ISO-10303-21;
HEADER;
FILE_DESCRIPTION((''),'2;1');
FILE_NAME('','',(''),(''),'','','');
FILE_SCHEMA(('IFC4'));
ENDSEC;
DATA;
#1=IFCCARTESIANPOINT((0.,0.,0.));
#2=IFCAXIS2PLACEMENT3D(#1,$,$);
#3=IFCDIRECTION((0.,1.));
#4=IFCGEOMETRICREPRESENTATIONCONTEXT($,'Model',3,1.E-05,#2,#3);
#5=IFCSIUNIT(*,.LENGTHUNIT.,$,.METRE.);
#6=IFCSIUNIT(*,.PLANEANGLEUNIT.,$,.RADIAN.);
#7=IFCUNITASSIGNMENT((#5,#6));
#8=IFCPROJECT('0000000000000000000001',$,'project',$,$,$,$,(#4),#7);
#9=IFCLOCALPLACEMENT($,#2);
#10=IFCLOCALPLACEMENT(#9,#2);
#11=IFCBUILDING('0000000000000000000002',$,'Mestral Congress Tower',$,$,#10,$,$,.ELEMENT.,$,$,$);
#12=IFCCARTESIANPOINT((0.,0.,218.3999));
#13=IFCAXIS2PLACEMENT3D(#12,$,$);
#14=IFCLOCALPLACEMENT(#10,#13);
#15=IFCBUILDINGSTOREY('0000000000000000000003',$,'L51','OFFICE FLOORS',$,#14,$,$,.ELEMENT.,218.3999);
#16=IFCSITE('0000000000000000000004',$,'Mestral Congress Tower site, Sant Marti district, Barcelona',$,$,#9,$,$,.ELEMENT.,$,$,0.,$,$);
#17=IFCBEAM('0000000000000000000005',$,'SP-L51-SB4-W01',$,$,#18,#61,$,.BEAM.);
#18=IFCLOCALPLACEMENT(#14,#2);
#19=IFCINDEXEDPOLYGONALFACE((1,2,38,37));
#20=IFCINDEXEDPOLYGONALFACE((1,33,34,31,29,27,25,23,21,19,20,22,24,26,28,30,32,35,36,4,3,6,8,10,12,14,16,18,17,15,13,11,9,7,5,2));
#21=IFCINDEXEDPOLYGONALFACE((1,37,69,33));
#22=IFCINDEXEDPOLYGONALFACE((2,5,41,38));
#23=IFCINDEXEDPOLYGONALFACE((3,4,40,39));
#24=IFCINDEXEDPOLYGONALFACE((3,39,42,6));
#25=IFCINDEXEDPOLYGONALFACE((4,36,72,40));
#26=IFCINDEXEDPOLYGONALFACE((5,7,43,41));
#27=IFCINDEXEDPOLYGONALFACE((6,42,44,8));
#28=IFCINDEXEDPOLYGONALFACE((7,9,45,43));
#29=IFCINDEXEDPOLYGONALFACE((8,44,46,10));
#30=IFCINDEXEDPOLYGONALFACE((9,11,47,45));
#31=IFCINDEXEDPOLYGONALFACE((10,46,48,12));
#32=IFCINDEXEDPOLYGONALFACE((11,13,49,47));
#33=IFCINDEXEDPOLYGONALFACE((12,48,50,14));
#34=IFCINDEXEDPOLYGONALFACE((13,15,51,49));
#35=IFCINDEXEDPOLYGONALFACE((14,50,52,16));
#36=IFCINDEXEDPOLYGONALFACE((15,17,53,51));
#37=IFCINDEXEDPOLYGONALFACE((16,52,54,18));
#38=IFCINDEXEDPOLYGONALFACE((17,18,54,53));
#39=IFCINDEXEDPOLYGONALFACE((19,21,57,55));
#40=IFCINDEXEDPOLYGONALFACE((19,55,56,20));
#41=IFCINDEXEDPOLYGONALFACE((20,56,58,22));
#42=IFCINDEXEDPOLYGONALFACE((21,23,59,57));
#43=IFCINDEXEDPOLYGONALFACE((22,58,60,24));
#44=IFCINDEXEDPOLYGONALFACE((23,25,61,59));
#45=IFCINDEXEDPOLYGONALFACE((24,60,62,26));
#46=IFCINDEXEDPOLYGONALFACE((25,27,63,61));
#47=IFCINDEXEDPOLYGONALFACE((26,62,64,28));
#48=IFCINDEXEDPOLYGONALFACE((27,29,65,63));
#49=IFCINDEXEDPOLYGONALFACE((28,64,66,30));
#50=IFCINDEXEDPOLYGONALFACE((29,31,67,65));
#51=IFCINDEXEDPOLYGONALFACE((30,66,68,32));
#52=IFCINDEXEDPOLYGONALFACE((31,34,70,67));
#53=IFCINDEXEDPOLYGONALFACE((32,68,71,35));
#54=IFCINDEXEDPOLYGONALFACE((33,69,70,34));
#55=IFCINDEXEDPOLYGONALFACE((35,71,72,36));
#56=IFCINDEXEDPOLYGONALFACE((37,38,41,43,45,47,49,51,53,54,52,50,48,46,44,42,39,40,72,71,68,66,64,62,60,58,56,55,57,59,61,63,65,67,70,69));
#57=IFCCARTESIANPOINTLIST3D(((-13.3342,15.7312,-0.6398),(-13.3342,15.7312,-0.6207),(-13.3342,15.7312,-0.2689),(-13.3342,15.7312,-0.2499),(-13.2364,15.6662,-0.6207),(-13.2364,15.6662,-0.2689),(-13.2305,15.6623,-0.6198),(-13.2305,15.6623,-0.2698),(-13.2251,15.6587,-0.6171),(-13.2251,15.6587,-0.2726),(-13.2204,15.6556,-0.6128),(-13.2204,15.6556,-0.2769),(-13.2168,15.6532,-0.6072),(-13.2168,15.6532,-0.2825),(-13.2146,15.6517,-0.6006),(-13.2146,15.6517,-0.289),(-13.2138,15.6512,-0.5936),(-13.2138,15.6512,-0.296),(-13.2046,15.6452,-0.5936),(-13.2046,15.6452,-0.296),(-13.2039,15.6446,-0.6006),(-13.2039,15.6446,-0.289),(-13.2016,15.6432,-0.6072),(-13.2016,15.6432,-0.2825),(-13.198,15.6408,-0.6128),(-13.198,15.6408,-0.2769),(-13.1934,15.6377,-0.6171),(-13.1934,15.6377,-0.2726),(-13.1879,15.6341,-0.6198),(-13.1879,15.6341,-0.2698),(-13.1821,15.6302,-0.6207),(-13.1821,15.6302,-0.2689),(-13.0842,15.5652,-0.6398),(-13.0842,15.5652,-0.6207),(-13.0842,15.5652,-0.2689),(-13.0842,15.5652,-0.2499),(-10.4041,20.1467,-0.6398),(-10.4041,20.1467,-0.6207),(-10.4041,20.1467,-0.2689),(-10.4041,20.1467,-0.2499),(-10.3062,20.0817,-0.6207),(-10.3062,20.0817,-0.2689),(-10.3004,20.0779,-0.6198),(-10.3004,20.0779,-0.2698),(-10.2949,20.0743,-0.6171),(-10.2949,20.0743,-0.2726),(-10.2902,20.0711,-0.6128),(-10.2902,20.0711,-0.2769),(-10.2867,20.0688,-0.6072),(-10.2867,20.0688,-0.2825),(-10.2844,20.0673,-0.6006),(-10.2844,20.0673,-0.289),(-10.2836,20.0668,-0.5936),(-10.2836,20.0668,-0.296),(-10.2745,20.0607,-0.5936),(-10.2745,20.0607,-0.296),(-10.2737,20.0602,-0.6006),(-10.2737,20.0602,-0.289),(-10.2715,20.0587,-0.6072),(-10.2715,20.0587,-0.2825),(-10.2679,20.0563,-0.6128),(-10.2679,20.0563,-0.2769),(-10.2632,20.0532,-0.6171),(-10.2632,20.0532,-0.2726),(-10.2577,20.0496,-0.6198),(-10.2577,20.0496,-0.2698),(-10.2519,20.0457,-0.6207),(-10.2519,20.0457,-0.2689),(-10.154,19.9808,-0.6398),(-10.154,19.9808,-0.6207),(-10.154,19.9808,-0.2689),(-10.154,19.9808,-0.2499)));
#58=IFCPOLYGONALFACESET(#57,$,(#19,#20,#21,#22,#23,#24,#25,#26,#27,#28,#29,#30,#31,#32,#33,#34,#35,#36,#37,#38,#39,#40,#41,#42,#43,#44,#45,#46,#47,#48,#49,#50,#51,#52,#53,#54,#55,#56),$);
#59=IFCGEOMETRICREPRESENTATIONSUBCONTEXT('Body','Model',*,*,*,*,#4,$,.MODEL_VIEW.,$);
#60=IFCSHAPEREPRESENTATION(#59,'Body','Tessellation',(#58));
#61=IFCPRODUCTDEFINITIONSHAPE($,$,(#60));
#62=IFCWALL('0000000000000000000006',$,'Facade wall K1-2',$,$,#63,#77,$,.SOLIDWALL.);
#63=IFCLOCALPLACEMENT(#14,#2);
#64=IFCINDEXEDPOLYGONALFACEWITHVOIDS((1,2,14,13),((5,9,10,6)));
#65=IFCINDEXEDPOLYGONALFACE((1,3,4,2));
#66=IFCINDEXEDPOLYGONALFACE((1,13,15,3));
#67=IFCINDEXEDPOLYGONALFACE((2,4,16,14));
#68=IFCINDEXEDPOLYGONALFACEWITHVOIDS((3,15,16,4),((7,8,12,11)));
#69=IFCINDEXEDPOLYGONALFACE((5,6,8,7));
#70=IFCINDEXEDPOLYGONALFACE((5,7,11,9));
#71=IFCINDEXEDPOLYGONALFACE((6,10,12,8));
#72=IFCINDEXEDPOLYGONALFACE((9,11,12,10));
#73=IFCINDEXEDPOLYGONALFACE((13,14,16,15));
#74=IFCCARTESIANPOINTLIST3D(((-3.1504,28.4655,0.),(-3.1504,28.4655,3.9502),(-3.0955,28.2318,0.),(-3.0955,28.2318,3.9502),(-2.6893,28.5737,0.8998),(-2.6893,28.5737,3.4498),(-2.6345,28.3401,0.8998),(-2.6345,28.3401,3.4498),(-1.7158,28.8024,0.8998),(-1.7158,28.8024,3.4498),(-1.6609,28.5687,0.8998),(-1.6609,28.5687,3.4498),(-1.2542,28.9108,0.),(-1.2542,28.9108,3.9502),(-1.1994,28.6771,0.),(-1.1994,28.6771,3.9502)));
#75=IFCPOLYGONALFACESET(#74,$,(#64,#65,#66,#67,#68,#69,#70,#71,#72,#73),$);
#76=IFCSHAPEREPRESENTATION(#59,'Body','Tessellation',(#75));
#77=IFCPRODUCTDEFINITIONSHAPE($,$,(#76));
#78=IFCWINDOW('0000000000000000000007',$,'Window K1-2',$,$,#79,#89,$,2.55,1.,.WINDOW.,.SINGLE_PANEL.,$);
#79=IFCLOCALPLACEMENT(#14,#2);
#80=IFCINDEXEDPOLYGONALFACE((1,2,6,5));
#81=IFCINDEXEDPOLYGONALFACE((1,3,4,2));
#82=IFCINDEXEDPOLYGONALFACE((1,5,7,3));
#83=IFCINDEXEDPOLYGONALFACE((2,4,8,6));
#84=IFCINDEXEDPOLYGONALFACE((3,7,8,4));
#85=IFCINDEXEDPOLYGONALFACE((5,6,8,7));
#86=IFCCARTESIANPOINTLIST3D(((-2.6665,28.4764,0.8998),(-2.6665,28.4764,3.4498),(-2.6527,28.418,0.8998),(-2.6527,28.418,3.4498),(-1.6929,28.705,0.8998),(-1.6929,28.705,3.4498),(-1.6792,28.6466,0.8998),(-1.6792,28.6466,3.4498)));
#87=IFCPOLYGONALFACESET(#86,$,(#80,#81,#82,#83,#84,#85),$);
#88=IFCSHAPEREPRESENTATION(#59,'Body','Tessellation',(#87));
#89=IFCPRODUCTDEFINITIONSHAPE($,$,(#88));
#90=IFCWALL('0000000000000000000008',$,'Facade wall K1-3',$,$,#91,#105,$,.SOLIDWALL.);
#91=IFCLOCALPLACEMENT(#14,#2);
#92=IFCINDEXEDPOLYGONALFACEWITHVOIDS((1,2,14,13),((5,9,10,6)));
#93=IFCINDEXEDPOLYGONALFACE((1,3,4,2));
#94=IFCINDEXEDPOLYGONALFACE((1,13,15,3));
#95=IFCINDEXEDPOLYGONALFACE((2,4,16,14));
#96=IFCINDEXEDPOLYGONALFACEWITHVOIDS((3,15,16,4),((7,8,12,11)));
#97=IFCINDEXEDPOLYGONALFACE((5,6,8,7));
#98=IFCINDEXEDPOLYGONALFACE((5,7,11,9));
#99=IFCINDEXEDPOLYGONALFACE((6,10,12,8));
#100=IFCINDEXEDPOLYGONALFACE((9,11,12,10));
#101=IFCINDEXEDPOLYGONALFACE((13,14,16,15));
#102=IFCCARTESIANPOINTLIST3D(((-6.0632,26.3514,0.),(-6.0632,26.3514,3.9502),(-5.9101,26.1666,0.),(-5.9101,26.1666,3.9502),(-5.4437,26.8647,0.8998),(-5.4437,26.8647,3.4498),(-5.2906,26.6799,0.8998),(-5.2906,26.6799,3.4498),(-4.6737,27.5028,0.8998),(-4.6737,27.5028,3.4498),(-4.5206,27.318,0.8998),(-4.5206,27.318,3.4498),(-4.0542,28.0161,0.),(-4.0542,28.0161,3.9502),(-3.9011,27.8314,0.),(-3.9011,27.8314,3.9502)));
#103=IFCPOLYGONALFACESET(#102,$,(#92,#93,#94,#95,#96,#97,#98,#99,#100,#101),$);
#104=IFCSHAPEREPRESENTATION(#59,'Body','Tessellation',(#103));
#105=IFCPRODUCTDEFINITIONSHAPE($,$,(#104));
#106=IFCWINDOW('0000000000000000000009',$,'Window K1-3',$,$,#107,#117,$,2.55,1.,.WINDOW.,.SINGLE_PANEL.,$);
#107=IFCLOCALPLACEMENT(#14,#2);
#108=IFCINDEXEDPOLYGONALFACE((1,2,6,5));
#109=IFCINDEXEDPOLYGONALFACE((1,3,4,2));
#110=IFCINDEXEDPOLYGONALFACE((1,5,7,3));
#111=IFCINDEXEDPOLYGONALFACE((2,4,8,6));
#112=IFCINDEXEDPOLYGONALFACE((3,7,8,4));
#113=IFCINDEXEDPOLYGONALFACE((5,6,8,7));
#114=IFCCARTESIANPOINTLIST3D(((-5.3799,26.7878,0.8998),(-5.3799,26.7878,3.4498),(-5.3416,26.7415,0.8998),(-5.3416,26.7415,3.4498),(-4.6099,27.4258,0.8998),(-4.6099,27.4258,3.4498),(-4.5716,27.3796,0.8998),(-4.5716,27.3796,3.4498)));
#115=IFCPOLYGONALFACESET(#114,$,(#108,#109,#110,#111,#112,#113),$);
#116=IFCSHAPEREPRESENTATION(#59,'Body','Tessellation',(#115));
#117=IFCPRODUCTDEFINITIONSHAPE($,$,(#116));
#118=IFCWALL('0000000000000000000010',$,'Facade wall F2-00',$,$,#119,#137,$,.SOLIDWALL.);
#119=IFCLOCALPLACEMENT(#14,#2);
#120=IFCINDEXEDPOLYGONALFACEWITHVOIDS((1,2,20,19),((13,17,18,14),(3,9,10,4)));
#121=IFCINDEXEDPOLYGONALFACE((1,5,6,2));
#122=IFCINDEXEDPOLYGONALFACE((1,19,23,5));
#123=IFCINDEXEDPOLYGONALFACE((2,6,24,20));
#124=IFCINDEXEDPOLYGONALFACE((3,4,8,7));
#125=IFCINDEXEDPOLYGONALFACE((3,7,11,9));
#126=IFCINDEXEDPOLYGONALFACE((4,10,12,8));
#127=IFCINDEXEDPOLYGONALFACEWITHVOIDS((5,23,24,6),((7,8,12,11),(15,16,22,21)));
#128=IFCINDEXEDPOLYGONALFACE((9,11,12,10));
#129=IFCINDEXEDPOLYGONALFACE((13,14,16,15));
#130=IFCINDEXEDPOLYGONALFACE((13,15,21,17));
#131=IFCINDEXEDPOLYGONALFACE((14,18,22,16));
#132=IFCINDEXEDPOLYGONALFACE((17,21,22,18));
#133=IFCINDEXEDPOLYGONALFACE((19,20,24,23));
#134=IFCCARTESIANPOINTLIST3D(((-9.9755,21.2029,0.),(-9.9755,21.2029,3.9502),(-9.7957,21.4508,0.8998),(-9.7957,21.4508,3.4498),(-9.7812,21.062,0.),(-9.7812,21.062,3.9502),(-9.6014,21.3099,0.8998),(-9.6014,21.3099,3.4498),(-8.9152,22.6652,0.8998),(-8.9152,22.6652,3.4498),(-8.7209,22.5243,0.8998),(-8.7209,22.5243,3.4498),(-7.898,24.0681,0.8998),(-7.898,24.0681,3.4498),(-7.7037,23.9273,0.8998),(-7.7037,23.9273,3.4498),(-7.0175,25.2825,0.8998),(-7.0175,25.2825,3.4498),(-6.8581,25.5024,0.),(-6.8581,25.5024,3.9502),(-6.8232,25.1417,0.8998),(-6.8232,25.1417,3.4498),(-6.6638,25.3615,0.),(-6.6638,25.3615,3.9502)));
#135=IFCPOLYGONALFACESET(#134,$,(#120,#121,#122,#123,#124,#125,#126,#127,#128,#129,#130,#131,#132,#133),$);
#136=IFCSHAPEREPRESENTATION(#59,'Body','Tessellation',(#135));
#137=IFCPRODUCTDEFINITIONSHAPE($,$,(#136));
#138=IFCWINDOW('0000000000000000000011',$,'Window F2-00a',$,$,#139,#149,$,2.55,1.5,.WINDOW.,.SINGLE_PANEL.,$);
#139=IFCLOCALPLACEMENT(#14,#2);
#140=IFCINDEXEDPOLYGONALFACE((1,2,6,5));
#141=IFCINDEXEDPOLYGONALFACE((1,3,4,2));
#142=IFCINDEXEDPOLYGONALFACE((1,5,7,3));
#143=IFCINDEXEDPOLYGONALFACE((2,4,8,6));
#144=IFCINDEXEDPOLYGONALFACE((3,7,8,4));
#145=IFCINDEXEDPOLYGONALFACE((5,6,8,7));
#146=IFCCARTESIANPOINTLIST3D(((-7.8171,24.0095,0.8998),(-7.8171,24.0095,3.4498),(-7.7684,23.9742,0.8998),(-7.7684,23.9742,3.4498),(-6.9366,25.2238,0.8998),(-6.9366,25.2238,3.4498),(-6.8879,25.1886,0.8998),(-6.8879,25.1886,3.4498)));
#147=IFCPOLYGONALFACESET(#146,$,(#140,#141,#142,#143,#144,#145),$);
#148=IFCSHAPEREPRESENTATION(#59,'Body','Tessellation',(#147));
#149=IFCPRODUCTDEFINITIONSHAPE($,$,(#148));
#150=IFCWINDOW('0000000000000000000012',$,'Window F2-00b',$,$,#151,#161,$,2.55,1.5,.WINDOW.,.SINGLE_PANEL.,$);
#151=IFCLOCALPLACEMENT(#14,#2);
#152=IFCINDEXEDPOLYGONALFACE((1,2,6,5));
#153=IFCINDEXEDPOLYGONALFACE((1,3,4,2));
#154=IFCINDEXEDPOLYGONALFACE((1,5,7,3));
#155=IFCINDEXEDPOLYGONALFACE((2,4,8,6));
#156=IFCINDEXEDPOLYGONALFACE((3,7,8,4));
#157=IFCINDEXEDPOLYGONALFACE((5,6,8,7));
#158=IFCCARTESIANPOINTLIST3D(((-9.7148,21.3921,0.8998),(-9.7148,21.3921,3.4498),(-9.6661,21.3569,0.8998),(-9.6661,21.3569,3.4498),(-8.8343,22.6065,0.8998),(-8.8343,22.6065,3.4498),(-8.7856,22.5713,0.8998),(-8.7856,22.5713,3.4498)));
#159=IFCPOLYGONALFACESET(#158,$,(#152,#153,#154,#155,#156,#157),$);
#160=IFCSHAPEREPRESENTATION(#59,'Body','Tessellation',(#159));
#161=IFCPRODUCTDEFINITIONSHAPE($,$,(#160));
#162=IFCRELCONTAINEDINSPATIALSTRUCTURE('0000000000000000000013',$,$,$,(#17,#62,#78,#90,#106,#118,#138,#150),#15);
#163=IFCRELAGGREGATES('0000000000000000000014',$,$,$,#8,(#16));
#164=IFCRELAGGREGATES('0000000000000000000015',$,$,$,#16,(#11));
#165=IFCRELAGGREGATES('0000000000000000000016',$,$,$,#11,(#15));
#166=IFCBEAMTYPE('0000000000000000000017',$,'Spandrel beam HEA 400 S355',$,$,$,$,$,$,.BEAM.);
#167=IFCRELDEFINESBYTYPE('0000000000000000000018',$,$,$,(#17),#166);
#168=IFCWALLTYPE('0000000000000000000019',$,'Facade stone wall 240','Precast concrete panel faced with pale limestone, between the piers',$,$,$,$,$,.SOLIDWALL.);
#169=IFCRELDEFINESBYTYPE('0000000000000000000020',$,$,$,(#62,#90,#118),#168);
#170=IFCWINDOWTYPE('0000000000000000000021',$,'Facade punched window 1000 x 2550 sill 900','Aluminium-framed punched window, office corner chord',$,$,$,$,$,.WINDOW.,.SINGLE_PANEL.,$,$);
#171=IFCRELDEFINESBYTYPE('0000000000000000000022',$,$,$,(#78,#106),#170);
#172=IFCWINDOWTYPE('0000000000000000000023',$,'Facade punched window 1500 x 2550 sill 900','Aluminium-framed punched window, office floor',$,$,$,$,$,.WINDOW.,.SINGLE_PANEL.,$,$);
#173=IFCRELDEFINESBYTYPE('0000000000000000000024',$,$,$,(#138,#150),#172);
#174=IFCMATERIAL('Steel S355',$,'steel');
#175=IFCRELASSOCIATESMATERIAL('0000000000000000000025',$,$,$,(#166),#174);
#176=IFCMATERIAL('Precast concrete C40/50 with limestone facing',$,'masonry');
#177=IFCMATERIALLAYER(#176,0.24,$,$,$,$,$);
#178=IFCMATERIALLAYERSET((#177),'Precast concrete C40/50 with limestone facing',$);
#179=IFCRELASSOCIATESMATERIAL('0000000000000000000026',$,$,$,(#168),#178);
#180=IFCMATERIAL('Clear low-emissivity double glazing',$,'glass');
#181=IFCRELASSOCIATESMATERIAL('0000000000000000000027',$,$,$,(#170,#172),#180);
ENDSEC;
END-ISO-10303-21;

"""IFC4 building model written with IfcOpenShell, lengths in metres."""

from ifc_helpers import new_model, si_unit, direction, frame, frame_2d, origin, origin_2d, place, context, subcontext, project, spatial, rectangle, i_section, extrude, material, layer, layer_set, material_profile, profile_set, type_object, element, fill, save


model = new_model("IFC4")

# Units and contexts
model_context = context("Model", 3, precision=1e-05, world=origin(), true_north=direction((0.0, 1.0)))
body_context = subcontext(model_context, "Body", "Model", "MODEL_VIEW")
ifc_project = project(units=[si_unit("LENGTHUNIT", "METRE"), si_unit("PLANEANGLEUNIT", "RADIAN")], contexts=[model_context])

# Site, building, storey
site_placement = place(None, origin())
site = spatial("IfcSite", under=ifc_project, at=site_placement, Name="Mestral Congress Tower site, Sant Marti district, Barcelona", CompositionType="ELEMENT", RefElevation=0.0)
building_placement = place(site_placement, origin())
building = spatial("IfcBuilding", under=site, at=building_placement, Name="Mestral Congress Tower", CompositionType="ELEMENT")
storey_placement = place(building_placement, frame((0.0, 0.0, 218.3999)))
storey = spatial("IfcBuildingStorey", under=building, at=storey_placement, Name="L51", Description="OFFICE FLOORS", CompositionType="ELEMENT", Elevation=218.3999)

# Beam
ifc_material_1 = material(Name="Steel S355", Category="steel")
ifc_material_profile_1 = material_profile(ifc_material_1, i_section(OverallWidth=0.3, OverallDepth=0.3899, WebThickness=0.011, FlangeThickness=0.019, FilletRadius=0.0271, at=origin_2d()), Name="HEA 400")
ifc_profile_set_1 = profile_set([ifc_material_profile_1], Name="Steel S355")
beam_type_1 = type_object("IfcBeamType", Name="Spandrel beam HEA 400 S355", PredefinedType="BEAM", material=ifc_profile_set_1)
beam_1_placement = place(storey_placement, frame((-10.2791, 20.0637, -0.4448), z_axis=(-0.552934, -0.833225, 0.0), x_axis=(0.833225, -0.552934, 0.0)))
element("IfcBeam", 1, at=beam_1_placement, inside=storey, type_object=beam_type_1, Name="SP-L51-SB4-W01", PredefinedType="BEAM", context=body_context, shape_type="SweptSolid", body=[
    extrude(i_section(OverallWidth=0.3, OverallDepth=0.3899, WebThickness=0.011, FlangeThickness=0.019, FilletRadius=0.0271, at=origin_2d()), origin(), (0.0, 0.0, 1.0), 5.2993),
])

# Walls, openings, windows
ifc_material_2 = material(Name="Precast concrete C40/50 with limestone facing", Category="masonry")
ifc_layer_1 = layer(ifc_material_2, 0.24)
ifc_layer_set_1 = layer_set([ifc_layer_1], Name="Precast concrete C40/50 with limestone facing")
wall_type_1 = type_object("IfcWallType", Name="Facade stone wall 240", Description="Precast concrete panel faced with pale limestone, between the piers", PredefinedType="SOLIDWALL", material=ifc_layer_set_1)
wall_1_placement = place(storey_placement, frame((-1.2268, 28.7939, 0.0), z_axis=(0.0, 0.0, 1.0), x_axis=(-0.973516, -0.22862, 0.0)))
wall_1 = element("IfcWall", 2, at=wall_1_placement, inside=storey, type_object=wall_type_1, Name="Facade wall K1-2", PredefinedType="SOLIDWALL", context=body_context, shape_type="SweptSolid", body=[
    extrude(rectangle(XDim=1.9478, YDim=0.24, at=frame_2d((0.9739, 0.0))), origin(), (0.0, 0.0, 1.0), 3.9502),
])
opening_1_placement = place(wall_1_placement, frame((0.4741, 0.0, 0.8999)))
opening_1 = element("IfcOpeningElement", 3, at=opening_1_placement, cuts=wall_1, PredefinedType="OPENING", context=body_context, shape_type="SweptSolid", body=[
    extrude(rectangle(XDim=1.0, YDim=2.55, at=frame_2d((0.5, 1.2749))), frame((0.0, 0.1299, 0.0), z_axis=(0.0, -1.0, 0.0), x_axis=(1.0, 0.0, 0.0)), (0.0, 0.0, 1.0), 0.26),
])
ifc_material_3 = material(Name="Clear low-emissivity double glazing", Category="glass")
window_type_1 = type_object("IfcWindowType", Name="Facade punched window 1000 x 2550 sill 900", Description="Aluminium-framed punched window, office corner chord", PartitioningType="SINGLE_PANEL", PredefinedType="WINDOW", material=ifc_material_3)
window_1_placement = place(opening_1_placement, origin())
window_1 = element("IfcWindow", 4, at=window_1_placement, inside=storey, type_object=window_type_1, Name="Window K1-2", OverallHeight=2.55, OverallWidth=1.0, PartitioningType="SINGLE_PANEL", PredefinedType="WINDOW", context=body_context, shape_type="SweptSolid", body=[
    extrude(rectangle(XDim=1.0, YDim=2.55, at=frame_2d((0.5, 1.2749))), frame((0.0, 0.04, 0.0), z_axis=(0.0, -1.0, 0.0), x_axis=(1.0, 0.0, 0.0)), (0.0, 0.0, 1.0), 0.0601),
])
fill(opening_1, window_1)
wall_2_placement = place(storey_placement, frame((-3.9775, 27.9238, 0.0), z_axis=(0.0, 0.0, 1.0), x_axis=(-0.76999, -0.638056, 0.0)))
wall_2 = element("IfcWall", 5, at=wall_2_placement, inside=storey, type_object=wall_type_1, Name="Facade wall K1-3", PredefinedType="SOLIDWALL", context=body_context, shape_type="SweptSolid", body=[
    extrude(rectangle(XDim=2.6091, YDim=0.24, at=frame_2d((1.3047, 0.0))), origin(), (0.0, 0.0, 1.0), 3.9502),
])
opening_2_placement = place(wall_2_placement, frame((0.8047, 0.0, 0.8999)))
opening_2 = element("IfcOpeningElement", 6, at=opening_2_placement, cuts=wall_2, PredefinedType="OPENING", context=body_context, shape_type="SweptSolid", body=[
    extrude(rectangle(XDim=1.0, YDim=2.55, at=frame_2d((0.5, 1.2749))), frame((0.0, 0.1299, 0.0), z_axis=(0.0, -1.0, 0.0), x_axis=(1.0, 0.0, 0.0)), (0.0, 0.0, 1.0), 0.26),
])
window_2_placement = place(opening_2_placement, origin())
window_2 = element("IfcWindow", 7, at=window_2_placement, inside=storey, type_object=window_type_1, Name="Window K1-3", OverallHeight=2.55, OverallWidth=1.0, PartitioningType="SINGLE_PANEL", PredefinedType="WINDOW", context=body_context, shape_type="SweptSolid", body=[
    extrude(rectangle(XDim=1.0, YDim=2.55, at=frame_2d((0.5, 1.2749))), frame((0.0, 0.04, 0.0), z_axis=(0.0, -1.0, 0.0), x_axis=(1.0, 0.0, 0.0)), (0.0, 0.0, 1.0), 0.0601),
])
fill(opening_2, window_2)

# Wall, openings, windows
wall_3_placement = place(storey_placement, frame((-6.761, 25.4319, 0.0), z_axis=(0.0, 0.0, 1.0), x_axis=(-0.586998, -0.809588, 0.0)))
wall_3 = element("IfcWall", 8, at=wall_3_placement, inside=storey, type_object=wall_type_1, Name="Facade wall F2-00", PredefinedType="SOLIDWALL", context=body_context, shape_type="SweptSolid", body=[
    extrude(rectangle(XDim=5.3108, YDim=0.24, at=frame_2d((2.6553, 0.0))), origin(), (0.0, 0.0, 1.0), 3.9502),
])
opening_3_placement = place(wall_3_placement, frame((0.2715, 0.0, 0.8999)))
opening_3 = element("IfcOpeningElement", 9, at=opening_3_placement, cuts=wall_3, PredefinedType="OPENING", context=body_context, shape_type="SweptSolid", body=[
    extrude(rectangle(XDim=1.5, YDim=2.55, at=frame_2d((0.75, 1.2749))), frame((0.0, 0.1299, 0.0), z_axis=(0.0, -1.0, 0.0), x_axis=(1.0, 0.0, 0.0)), (0.0, 0.0, 1.0), 0.26),
])
opening_4_placement = place(wall_3_placement, frame((3.5044, 0.0, 0.8999)))
opening_4 = element("IfcOpeningElement", 10, at=opening_4_placement, cuts=wall_3, PredefinedType="OPENING", context=body_context, shape_type="SweptSolid", body=[
    extrude(rectangle(XDim=1.5, YDim=2.55, at=frame_2d((0.75, 1.2749))), frame((0.0, 0.1299, 0.0), z_axis=(0.0, -1.0, 0.0), x_axis=(1.0, 0.0, 0.0)), (0.0, 0.0, 1.0), 0.26),
])
window_type_2 = type_object("IfcWindowType", Name="Facade punched window 1500 x 2550 sill 900", Description="Aluminium-framed punched window, office floor", PartitioningType="SINGLE_PANEL", PredefinedType="WINDOW", material=ifc_material_3)
window_3_placement = place(opening_3_placement, origin())
window_3 = element("IfcWindow", 11, at=window_3_placement, inside=storey, type_object=window_type_2, Name="Window F2-00a", OverallHeight=2.55, OverallWidth=1.5, PartitioningType="SINGLE_PANEL", PredefinedType="WINDOW", context=body_context, shape_type="SweptSolid", body=[
    extrude(rectangle(XDim=1.5, YDim=2.55, at=frame_2d((0.75, 1.2749))), frame((0.0, 0.04, 0.0), z_axis=(0.0, -1.0, 0.0), x_axis=(1.0, 0.0, 0.0)), (0.0, 0.0, 1.0), 0.0601),
])
fill(opening_3, window_3)
window_4_placement = place(opening_4_placement, origin())
window_4 = element("IfcWindow", 12, at=window_4_placement, inside=storey, type_object=window_type_2, Name="Window F2-00b", OverallHeight=2.55, OverallWidth=1.5, PartitioningType="SINGLE_PANEL", PredefinedType="WINDOW", context=body_context, shape_type="SweptSolid", body=[
    extrude(rectangle(XDim=1.5, YDim=2.55, at=frame_2d((0.75, 1.2749))), frame((0.0, 0.04, 0.0), z_axis=(0.0, -1.0, 0.0), x_axis=(1.0, 0.0, 0.0)), (0.0, 0.0, 1.0), 0.0601),
])
fill(opening_4, window_4)

save(model, "model.ifc")
